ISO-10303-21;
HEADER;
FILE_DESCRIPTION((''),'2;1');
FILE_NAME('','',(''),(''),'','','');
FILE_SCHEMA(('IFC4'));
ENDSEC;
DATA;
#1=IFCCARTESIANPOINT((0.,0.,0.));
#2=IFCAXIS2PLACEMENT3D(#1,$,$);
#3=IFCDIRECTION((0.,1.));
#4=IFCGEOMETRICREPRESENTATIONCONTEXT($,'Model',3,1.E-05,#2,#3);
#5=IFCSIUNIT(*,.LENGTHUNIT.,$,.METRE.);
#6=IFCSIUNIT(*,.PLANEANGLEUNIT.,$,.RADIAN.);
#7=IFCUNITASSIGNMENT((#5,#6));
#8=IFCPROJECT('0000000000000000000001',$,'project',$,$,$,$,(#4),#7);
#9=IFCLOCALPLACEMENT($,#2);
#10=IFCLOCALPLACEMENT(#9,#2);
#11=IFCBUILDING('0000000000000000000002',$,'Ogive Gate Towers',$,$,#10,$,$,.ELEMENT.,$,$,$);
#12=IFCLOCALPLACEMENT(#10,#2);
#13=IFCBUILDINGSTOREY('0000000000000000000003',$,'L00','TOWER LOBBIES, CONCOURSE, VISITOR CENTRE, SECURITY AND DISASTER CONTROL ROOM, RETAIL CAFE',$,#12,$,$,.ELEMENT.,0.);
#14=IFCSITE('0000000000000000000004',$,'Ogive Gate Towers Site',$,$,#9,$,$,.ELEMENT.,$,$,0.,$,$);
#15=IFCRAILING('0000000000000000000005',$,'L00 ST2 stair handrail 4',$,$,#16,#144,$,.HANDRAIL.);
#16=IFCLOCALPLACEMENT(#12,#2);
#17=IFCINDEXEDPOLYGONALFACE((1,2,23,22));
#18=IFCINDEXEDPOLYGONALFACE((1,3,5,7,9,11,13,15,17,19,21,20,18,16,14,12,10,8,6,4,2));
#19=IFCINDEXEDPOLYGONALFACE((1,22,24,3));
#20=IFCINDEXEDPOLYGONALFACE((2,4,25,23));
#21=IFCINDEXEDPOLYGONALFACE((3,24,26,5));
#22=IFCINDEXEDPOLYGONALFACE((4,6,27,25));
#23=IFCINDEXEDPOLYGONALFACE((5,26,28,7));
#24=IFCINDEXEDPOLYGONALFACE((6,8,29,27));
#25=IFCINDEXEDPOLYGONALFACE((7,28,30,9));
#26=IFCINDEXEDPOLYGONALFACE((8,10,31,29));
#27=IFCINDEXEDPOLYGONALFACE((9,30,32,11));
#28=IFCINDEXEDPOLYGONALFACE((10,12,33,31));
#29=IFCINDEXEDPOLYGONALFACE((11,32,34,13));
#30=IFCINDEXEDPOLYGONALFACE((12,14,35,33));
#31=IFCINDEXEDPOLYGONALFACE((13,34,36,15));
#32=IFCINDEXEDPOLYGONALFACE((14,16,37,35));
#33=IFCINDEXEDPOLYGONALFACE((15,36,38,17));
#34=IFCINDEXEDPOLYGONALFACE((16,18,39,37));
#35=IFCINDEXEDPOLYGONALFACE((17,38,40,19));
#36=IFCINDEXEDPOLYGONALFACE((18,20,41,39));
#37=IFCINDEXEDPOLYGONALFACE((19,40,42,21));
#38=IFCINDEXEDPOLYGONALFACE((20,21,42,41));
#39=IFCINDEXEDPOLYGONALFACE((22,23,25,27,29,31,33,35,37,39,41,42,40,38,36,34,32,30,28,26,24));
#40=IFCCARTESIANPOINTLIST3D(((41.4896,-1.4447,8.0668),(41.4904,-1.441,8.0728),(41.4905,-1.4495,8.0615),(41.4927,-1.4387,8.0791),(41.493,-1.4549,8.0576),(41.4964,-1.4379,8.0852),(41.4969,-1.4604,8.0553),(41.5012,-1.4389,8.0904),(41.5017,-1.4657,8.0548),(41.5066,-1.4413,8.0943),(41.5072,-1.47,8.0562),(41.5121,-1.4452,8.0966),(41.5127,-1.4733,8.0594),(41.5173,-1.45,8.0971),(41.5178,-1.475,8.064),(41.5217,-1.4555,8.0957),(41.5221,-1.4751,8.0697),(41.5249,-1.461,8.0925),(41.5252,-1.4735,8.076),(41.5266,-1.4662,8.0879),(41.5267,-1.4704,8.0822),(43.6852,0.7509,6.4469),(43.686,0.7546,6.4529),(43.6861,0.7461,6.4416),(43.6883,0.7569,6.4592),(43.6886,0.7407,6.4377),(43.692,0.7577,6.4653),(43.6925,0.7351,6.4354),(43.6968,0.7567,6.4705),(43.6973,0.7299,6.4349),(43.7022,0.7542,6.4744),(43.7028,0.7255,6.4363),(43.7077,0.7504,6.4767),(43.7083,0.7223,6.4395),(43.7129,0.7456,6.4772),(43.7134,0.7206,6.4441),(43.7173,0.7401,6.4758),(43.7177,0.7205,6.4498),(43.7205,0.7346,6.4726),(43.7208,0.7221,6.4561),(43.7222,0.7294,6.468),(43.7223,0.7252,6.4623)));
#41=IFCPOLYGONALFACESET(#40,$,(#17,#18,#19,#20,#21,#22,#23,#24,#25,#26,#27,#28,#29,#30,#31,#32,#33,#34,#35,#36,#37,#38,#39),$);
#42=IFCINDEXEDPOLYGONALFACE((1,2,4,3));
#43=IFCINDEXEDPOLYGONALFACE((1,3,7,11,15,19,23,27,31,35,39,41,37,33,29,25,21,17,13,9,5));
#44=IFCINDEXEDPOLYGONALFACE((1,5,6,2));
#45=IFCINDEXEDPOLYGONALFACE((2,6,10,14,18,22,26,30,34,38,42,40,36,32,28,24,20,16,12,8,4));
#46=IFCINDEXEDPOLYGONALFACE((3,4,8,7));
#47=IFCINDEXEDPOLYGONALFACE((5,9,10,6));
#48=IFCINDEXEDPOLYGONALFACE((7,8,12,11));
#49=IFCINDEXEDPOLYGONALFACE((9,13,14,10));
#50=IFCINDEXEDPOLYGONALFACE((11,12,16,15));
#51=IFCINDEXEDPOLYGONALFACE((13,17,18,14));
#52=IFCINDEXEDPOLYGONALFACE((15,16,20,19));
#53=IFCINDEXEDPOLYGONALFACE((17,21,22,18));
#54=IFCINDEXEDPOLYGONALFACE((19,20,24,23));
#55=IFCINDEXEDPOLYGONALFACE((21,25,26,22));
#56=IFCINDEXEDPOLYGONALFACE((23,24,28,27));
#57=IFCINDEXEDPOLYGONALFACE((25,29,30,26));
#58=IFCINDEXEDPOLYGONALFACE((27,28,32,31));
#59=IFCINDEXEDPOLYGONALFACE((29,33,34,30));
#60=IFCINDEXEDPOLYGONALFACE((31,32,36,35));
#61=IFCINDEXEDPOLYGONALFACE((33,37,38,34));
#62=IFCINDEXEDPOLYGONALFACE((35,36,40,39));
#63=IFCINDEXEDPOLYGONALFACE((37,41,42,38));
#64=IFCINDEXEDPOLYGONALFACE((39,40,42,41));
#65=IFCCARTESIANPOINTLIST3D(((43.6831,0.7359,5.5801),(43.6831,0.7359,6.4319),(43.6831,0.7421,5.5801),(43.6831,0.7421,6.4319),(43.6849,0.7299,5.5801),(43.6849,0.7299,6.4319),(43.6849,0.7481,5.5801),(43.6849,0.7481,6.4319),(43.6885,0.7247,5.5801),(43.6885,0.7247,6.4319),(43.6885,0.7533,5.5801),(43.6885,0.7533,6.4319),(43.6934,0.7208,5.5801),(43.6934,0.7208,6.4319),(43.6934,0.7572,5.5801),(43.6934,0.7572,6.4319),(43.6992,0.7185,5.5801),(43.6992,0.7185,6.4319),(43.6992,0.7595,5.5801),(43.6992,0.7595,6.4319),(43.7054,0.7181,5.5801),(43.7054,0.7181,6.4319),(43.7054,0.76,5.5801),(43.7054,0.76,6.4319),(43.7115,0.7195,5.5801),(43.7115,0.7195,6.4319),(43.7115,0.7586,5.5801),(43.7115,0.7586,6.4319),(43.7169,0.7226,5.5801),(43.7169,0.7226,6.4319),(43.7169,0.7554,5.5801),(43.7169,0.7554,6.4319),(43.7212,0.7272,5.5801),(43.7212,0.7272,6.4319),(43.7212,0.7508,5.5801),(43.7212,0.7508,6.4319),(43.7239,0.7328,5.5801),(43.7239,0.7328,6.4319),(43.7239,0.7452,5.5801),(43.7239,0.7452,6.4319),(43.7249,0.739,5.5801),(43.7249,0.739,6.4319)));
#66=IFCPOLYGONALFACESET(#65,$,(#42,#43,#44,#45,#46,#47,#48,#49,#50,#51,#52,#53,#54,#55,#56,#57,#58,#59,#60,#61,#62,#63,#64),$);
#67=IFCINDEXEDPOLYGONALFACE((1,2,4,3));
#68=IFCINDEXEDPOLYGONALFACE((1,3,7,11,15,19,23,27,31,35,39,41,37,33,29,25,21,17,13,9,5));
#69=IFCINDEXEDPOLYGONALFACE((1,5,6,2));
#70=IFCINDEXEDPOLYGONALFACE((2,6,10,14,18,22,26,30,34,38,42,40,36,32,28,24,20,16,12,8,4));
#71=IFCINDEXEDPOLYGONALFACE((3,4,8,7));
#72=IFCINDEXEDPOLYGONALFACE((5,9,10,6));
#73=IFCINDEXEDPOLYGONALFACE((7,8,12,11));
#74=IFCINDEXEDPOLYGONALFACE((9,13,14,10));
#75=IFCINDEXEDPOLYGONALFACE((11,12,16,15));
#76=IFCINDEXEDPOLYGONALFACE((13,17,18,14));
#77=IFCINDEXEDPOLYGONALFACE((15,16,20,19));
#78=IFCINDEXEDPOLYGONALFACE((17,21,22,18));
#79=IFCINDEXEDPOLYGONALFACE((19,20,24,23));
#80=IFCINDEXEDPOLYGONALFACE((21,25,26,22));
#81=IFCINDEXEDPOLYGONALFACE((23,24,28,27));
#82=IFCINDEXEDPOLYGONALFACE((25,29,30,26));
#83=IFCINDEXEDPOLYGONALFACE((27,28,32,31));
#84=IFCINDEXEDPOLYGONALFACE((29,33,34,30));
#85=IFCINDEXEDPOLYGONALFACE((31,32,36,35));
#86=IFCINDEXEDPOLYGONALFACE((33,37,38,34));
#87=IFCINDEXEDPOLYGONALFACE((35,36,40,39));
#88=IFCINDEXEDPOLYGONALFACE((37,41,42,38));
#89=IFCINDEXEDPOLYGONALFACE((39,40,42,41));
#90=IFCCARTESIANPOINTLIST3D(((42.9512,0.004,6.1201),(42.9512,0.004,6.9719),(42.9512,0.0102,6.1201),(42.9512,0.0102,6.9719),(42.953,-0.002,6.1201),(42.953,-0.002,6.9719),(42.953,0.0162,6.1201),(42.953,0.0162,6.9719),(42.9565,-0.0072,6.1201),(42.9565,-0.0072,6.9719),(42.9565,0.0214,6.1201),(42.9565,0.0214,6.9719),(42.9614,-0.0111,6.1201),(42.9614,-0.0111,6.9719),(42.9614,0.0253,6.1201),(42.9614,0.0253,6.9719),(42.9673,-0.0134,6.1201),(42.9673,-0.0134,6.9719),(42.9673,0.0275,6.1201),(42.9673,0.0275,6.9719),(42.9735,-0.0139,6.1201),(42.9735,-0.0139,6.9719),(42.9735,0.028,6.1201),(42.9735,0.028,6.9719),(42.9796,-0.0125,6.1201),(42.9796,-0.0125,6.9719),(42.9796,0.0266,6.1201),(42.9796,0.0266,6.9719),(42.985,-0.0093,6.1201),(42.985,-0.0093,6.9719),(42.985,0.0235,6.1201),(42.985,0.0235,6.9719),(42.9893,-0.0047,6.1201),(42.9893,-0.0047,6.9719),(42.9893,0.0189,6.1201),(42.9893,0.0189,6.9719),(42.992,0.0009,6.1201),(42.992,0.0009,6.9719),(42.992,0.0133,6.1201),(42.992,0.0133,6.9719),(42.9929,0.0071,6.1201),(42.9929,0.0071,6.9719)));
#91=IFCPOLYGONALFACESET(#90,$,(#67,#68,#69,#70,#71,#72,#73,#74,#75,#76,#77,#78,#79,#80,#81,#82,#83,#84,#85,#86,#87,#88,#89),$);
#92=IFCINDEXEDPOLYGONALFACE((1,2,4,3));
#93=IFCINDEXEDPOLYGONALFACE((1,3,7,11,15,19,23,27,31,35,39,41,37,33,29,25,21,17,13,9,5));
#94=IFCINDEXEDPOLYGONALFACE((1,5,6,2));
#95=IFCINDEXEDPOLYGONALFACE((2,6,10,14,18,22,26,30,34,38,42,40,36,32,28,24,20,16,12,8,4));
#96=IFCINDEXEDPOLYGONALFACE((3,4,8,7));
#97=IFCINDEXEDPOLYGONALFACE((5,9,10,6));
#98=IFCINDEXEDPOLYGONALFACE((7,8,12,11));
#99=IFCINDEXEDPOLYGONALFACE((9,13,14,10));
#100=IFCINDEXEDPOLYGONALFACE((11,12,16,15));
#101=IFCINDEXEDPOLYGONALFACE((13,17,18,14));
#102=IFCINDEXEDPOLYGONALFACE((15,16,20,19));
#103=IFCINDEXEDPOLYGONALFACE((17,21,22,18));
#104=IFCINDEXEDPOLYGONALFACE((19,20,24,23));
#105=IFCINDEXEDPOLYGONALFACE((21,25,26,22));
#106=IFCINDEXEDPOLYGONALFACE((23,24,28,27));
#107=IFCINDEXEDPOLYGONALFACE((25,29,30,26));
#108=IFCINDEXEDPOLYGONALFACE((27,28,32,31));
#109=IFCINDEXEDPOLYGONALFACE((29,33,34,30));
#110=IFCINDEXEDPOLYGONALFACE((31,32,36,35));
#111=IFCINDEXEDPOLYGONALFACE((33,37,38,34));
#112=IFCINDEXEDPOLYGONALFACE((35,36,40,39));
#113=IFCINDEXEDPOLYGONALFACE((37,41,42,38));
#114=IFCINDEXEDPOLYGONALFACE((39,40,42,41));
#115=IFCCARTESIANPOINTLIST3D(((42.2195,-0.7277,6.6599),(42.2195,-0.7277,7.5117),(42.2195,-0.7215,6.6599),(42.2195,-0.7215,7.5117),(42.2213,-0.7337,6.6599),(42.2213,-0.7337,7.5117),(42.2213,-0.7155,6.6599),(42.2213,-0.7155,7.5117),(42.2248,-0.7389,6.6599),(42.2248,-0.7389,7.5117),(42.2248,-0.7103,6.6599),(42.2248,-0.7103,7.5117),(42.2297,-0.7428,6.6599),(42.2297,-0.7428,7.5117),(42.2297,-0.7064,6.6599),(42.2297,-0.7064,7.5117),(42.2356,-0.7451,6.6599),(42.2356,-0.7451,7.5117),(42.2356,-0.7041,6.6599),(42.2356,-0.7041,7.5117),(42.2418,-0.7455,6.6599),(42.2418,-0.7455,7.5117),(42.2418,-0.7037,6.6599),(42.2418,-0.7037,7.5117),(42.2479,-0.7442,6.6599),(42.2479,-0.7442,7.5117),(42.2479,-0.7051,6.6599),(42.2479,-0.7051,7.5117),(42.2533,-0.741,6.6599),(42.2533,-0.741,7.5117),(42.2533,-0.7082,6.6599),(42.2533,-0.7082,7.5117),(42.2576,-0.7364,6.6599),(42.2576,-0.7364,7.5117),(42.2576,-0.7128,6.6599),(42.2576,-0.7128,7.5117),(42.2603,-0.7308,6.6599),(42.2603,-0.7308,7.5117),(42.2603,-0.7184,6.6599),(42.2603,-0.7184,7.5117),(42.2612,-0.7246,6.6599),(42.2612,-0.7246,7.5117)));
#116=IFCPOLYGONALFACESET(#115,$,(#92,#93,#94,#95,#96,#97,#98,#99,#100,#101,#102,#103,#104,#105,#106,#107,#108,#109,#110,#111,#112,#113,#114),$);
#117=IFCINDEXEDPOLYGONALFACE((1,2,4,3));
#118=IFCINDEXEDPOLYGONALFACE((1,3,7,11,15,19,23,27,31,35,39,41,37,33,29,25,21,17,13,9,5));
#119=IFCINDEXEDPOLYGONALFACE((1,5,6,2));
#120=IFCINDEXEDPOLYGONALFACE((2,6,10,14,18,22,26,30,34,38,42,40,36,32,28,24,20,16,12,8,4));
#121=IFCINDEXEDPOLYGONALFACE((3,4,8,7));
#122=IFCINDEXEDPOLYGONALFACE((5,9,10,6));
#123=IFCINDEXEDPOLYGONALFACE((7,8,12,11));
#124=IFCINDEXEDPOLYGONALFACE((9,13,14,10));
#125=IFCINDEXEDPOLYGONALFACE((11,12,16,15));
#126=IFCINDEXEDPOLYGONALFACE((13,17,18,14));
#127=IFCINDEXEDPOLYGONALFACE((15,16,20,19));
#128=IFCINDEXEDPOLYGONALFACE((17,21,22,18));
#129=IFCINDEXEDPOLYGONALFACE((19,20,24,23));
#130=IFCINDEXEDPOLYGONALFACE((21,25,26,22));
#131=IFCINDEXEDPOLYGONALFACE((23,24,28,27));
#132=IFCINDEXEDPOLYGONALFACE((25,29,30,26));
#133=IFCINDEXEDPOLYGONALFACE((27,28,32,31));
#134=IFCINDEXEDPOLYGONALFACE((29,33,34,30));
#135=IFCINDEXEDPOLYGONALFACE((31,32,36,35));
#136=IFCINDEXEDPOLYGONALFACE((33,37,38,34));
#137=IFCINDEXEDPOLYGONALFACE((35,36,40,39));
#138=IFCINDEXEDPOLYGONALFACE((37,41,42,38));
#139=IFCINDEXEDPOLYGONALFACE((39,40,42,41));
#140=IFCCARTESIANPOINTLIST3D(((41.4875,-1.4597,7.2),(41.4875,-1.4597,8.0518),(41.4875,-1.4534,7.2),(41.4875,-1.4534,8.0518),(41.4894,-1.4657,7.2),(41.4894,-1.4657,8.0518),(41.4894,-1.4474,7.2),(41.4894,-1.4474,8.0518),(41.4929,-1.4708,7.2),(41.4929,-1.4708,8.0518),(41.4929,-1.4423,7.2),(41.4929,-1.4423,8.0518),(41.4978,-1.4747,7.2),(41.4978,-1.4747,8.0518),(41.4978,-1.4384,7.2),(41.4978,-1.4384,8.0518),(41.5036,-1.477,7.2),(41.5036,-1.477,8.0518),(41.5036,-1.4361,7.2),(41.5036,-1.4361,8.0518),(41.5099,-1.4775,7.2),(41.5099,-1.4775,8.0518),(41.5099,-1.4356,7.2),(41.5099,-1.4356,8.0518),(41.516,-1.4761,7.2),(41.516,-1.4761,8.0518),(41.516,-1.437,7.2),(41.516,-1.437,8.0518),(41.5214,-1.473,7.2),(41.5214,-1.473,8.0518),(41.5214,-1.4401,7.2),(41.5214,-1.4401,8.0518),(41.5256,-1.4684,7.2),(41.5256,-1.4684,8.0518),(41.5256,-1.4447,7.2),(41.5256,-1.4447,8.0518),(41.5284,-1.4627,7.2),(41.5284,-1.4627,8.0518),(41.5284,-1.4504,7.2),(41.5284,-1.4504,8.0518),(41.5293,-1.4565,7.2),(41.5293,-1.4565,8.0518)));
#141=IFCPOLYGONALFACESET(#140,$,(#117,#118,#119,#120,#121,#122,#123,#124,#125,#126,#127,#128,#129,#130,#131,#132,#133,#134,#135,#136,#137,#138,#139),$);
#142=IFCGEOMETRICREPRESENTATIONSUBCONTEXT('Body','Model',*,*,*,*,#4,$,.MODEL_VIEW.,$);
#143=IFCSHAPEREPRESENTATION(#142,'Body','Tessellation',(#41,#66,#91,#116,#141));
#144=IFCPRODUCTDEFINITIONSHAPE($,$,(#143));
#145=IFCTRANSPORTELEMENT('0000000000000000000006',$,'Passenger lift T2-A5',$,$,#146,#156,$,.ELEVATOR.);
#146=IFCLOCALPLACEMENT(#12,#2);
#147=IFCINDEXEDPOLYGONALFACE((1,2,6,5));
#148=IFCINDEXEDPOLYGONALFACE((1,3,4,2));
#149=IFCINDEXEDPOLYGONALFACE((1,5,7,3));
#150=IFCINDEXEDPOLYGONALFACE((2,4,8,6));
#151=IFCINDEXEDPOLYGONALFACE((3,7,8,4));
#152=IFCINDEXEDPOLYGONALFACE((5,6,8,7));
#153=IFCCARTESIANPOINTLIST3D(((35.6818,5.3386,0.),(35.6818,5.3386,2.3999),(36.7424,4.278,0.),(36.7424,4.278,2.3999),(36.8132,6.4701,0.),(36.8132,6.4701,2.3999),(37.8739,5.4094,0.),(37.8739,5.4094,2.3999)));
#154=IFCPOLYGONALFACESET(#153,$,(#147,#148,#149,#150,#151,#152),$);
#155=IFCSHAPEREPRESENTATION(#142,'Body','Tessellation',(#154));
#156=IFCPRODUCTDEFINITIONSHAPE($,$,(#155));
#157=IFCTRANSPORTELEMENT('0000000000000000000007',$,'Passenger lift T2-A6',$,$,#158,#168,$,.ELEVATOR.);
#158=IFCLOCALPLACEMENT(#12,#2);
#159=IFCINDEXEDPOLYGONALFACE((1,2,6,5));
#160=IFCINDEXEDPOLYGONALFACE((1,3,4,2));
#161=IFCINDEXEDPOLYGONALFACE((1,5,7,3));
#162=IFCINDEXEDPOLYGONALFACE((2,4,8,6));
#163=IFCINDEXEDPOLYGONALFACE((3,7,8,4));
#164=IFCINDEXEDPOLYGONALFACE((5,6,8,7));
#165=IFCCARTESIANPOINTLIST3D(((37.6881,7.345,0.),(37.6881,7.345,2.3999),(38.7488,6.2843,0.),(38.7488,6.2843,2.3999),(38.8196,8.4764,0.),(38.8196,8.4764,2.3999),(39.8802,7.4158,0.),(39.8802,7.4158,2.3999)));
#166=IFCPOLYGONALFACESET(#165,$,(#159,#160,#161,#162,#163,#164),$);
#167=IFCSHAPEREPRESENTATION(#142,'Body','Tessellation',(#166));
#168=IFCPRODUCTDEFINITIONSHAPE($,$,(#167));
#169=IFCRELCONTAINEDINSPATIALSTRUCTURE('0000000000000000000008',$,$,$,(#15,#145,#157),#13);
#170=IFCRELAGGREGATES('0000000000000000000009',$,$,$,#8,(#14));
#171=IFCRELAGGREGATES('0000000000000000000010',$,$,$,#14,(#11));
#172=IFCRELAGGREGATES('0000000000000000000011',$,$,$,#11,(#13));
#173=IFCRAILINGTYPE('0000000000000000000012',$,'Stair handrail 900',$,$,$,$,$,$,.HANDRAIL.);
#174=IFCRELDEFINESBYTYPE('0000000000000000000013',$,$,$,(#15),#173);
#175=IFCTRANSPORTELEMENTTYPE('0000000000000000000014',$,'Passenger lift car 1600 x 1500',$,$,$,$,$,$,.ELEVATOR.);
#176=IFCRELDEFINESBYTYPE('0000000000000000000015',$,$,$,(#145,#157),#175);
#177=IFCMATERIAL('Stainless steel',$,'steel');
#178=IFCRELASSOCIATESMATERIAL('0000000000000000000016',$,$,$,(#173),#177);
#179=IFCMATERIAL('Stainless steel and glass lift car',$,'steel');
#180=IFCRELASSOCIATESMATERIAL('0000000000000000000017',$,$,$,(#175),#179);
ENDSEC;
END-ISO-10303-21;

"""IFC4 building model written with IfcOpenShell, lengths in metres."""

from ifc_helpers import new_model, si_unit, direction, frame, origin, origin_2d, place, context, subcontext, project, spatial, rectangle, circle, extrude, material, type_object, element, save


model = new_model("IFC4")

# Units and contexts
model_context = context("Model", 3, precision=1e-05, world=origin(), true_north=direction((0.0, 1.0)))
body_context = subcontext(model_context, "Body", "Model", "MODEL_VIEW")
ifc_project = project(units=[si_unit("LENGTHUNIT", "METRE"), si_unit("PLANEANGLEUNIT", "RADIAN")], contexts=[model_context])

# Site, building, storey
site_placement = place(None, origin())
site = spatial("IfcSite", under=ifc_project, at=site_placement, Name="Ogive Gate Towers Site", CompositionType="ELEMENT", RefElevation=0.0)
building_placement = place(site_placement, origin())
building = spatial("IfcBuilding", under=site, at=building_placement, Name="Ogive Gate Towers", CompositionType="ELEMENT")
storey_placement = place(building_placement, origin())
storey = spatial("IfcBuildingStorey", under=building, at=storey_placement, Name="L00", Description="TOWER LOBBIES, CONCOURSE, VISITOR CENTRE, SECURITY AND DISASTER CONTROL ROOM, RETAIL CAFE", CompositionType="ELEMENT", Elevation=0.0)

# Railing
ifc_material_1 = material(Name="Stainless steel", Category="steel")
railing_type = type_object("IfcRailingType", Name="Stair handrail 900", PredefinedType="HANDRAIL", material=ifc_material_1)
railing_1_placement = place(storey_placement, frame((43.7039, 0.739, 5.5801)))
element("IfcRailing", 1, at=railing_1_placement, inside=storey, type_object=railing_type, Name="L00 ST2 stair handrail 4", PredefinedType="HANDRAIL", context=body_context, shape_type="SweptSolid", body=[
    extrude(circle(Radius=0.0239, at=origin_2d()), frame((0.0, 0.0, 0.876), z_axis=(-0.62692, -0.62692, 0.462539), x_axis=(0.707107, -0.707107, 0.0)), (0.0, 0.0, 1.0), 3.5022),
    extrude(circle(Radius=0.021, at=origin_2d()), origin(), (0.0, 0.0, 1.0), 0.8518),
    extrude(circle(Radius=0.021, at=origin_2d()), frame((-0.7319, -0.7319, 0.54)), (0.0, 0.0, 1.0), 0.8518),
    extrude(circle(Radius=0.021, at=origin_2d()), frame((-1.4636, -1.4636, 1.0798)), (0.0, 0.0, 1.0), 0.8518),
    extrude(circle(Radius=0.021, at=origin_2d()), frame((-2.1956, -2.1956, 1.6199)), (0.0, 0.0, 1.0), 0.8518),
])

# Transport elements
ifc_material_2 = material(Name="Stainless steel and glass lift car", Category="steel")
transport_element_type = type_object("IfcTransportElementType", Name="Passenger lift car 1600 x 1500", PredefinedType="ELEVATOR", material=ifc_material_2)
for number, where, z_axis, x_axis, name in (
    (2, (36.7778, 5.374, 0.0), (0.0, 0.0, 1.0), (0.707107, 0.707107, 0.0), "Passenger lift T2-A5"),
    (3, (38.7842, 7.3804, 0.0), (0.0, 0.0, 1.0), (0.707107, 0.707107, 0.0), "Passenger lift T2-A6"),
):
    element("IfcTransportElement", number, at=place(storey_placement, frame(where, z_axis=z_axis, x_axis=x_axis)), inside=storey, type_object=transport_element_type, Name=name, PredefinedType="ELEVATOR", context=body_context, shape_type="SweptSolid", body=[
        extrude(rectangle(XDim=1.6001, YDim=1.5, at=origin_2d()), origin(), (0.0, 0.0, 1.0), 2.3999),
    ])

save(model, "model.ifc")
